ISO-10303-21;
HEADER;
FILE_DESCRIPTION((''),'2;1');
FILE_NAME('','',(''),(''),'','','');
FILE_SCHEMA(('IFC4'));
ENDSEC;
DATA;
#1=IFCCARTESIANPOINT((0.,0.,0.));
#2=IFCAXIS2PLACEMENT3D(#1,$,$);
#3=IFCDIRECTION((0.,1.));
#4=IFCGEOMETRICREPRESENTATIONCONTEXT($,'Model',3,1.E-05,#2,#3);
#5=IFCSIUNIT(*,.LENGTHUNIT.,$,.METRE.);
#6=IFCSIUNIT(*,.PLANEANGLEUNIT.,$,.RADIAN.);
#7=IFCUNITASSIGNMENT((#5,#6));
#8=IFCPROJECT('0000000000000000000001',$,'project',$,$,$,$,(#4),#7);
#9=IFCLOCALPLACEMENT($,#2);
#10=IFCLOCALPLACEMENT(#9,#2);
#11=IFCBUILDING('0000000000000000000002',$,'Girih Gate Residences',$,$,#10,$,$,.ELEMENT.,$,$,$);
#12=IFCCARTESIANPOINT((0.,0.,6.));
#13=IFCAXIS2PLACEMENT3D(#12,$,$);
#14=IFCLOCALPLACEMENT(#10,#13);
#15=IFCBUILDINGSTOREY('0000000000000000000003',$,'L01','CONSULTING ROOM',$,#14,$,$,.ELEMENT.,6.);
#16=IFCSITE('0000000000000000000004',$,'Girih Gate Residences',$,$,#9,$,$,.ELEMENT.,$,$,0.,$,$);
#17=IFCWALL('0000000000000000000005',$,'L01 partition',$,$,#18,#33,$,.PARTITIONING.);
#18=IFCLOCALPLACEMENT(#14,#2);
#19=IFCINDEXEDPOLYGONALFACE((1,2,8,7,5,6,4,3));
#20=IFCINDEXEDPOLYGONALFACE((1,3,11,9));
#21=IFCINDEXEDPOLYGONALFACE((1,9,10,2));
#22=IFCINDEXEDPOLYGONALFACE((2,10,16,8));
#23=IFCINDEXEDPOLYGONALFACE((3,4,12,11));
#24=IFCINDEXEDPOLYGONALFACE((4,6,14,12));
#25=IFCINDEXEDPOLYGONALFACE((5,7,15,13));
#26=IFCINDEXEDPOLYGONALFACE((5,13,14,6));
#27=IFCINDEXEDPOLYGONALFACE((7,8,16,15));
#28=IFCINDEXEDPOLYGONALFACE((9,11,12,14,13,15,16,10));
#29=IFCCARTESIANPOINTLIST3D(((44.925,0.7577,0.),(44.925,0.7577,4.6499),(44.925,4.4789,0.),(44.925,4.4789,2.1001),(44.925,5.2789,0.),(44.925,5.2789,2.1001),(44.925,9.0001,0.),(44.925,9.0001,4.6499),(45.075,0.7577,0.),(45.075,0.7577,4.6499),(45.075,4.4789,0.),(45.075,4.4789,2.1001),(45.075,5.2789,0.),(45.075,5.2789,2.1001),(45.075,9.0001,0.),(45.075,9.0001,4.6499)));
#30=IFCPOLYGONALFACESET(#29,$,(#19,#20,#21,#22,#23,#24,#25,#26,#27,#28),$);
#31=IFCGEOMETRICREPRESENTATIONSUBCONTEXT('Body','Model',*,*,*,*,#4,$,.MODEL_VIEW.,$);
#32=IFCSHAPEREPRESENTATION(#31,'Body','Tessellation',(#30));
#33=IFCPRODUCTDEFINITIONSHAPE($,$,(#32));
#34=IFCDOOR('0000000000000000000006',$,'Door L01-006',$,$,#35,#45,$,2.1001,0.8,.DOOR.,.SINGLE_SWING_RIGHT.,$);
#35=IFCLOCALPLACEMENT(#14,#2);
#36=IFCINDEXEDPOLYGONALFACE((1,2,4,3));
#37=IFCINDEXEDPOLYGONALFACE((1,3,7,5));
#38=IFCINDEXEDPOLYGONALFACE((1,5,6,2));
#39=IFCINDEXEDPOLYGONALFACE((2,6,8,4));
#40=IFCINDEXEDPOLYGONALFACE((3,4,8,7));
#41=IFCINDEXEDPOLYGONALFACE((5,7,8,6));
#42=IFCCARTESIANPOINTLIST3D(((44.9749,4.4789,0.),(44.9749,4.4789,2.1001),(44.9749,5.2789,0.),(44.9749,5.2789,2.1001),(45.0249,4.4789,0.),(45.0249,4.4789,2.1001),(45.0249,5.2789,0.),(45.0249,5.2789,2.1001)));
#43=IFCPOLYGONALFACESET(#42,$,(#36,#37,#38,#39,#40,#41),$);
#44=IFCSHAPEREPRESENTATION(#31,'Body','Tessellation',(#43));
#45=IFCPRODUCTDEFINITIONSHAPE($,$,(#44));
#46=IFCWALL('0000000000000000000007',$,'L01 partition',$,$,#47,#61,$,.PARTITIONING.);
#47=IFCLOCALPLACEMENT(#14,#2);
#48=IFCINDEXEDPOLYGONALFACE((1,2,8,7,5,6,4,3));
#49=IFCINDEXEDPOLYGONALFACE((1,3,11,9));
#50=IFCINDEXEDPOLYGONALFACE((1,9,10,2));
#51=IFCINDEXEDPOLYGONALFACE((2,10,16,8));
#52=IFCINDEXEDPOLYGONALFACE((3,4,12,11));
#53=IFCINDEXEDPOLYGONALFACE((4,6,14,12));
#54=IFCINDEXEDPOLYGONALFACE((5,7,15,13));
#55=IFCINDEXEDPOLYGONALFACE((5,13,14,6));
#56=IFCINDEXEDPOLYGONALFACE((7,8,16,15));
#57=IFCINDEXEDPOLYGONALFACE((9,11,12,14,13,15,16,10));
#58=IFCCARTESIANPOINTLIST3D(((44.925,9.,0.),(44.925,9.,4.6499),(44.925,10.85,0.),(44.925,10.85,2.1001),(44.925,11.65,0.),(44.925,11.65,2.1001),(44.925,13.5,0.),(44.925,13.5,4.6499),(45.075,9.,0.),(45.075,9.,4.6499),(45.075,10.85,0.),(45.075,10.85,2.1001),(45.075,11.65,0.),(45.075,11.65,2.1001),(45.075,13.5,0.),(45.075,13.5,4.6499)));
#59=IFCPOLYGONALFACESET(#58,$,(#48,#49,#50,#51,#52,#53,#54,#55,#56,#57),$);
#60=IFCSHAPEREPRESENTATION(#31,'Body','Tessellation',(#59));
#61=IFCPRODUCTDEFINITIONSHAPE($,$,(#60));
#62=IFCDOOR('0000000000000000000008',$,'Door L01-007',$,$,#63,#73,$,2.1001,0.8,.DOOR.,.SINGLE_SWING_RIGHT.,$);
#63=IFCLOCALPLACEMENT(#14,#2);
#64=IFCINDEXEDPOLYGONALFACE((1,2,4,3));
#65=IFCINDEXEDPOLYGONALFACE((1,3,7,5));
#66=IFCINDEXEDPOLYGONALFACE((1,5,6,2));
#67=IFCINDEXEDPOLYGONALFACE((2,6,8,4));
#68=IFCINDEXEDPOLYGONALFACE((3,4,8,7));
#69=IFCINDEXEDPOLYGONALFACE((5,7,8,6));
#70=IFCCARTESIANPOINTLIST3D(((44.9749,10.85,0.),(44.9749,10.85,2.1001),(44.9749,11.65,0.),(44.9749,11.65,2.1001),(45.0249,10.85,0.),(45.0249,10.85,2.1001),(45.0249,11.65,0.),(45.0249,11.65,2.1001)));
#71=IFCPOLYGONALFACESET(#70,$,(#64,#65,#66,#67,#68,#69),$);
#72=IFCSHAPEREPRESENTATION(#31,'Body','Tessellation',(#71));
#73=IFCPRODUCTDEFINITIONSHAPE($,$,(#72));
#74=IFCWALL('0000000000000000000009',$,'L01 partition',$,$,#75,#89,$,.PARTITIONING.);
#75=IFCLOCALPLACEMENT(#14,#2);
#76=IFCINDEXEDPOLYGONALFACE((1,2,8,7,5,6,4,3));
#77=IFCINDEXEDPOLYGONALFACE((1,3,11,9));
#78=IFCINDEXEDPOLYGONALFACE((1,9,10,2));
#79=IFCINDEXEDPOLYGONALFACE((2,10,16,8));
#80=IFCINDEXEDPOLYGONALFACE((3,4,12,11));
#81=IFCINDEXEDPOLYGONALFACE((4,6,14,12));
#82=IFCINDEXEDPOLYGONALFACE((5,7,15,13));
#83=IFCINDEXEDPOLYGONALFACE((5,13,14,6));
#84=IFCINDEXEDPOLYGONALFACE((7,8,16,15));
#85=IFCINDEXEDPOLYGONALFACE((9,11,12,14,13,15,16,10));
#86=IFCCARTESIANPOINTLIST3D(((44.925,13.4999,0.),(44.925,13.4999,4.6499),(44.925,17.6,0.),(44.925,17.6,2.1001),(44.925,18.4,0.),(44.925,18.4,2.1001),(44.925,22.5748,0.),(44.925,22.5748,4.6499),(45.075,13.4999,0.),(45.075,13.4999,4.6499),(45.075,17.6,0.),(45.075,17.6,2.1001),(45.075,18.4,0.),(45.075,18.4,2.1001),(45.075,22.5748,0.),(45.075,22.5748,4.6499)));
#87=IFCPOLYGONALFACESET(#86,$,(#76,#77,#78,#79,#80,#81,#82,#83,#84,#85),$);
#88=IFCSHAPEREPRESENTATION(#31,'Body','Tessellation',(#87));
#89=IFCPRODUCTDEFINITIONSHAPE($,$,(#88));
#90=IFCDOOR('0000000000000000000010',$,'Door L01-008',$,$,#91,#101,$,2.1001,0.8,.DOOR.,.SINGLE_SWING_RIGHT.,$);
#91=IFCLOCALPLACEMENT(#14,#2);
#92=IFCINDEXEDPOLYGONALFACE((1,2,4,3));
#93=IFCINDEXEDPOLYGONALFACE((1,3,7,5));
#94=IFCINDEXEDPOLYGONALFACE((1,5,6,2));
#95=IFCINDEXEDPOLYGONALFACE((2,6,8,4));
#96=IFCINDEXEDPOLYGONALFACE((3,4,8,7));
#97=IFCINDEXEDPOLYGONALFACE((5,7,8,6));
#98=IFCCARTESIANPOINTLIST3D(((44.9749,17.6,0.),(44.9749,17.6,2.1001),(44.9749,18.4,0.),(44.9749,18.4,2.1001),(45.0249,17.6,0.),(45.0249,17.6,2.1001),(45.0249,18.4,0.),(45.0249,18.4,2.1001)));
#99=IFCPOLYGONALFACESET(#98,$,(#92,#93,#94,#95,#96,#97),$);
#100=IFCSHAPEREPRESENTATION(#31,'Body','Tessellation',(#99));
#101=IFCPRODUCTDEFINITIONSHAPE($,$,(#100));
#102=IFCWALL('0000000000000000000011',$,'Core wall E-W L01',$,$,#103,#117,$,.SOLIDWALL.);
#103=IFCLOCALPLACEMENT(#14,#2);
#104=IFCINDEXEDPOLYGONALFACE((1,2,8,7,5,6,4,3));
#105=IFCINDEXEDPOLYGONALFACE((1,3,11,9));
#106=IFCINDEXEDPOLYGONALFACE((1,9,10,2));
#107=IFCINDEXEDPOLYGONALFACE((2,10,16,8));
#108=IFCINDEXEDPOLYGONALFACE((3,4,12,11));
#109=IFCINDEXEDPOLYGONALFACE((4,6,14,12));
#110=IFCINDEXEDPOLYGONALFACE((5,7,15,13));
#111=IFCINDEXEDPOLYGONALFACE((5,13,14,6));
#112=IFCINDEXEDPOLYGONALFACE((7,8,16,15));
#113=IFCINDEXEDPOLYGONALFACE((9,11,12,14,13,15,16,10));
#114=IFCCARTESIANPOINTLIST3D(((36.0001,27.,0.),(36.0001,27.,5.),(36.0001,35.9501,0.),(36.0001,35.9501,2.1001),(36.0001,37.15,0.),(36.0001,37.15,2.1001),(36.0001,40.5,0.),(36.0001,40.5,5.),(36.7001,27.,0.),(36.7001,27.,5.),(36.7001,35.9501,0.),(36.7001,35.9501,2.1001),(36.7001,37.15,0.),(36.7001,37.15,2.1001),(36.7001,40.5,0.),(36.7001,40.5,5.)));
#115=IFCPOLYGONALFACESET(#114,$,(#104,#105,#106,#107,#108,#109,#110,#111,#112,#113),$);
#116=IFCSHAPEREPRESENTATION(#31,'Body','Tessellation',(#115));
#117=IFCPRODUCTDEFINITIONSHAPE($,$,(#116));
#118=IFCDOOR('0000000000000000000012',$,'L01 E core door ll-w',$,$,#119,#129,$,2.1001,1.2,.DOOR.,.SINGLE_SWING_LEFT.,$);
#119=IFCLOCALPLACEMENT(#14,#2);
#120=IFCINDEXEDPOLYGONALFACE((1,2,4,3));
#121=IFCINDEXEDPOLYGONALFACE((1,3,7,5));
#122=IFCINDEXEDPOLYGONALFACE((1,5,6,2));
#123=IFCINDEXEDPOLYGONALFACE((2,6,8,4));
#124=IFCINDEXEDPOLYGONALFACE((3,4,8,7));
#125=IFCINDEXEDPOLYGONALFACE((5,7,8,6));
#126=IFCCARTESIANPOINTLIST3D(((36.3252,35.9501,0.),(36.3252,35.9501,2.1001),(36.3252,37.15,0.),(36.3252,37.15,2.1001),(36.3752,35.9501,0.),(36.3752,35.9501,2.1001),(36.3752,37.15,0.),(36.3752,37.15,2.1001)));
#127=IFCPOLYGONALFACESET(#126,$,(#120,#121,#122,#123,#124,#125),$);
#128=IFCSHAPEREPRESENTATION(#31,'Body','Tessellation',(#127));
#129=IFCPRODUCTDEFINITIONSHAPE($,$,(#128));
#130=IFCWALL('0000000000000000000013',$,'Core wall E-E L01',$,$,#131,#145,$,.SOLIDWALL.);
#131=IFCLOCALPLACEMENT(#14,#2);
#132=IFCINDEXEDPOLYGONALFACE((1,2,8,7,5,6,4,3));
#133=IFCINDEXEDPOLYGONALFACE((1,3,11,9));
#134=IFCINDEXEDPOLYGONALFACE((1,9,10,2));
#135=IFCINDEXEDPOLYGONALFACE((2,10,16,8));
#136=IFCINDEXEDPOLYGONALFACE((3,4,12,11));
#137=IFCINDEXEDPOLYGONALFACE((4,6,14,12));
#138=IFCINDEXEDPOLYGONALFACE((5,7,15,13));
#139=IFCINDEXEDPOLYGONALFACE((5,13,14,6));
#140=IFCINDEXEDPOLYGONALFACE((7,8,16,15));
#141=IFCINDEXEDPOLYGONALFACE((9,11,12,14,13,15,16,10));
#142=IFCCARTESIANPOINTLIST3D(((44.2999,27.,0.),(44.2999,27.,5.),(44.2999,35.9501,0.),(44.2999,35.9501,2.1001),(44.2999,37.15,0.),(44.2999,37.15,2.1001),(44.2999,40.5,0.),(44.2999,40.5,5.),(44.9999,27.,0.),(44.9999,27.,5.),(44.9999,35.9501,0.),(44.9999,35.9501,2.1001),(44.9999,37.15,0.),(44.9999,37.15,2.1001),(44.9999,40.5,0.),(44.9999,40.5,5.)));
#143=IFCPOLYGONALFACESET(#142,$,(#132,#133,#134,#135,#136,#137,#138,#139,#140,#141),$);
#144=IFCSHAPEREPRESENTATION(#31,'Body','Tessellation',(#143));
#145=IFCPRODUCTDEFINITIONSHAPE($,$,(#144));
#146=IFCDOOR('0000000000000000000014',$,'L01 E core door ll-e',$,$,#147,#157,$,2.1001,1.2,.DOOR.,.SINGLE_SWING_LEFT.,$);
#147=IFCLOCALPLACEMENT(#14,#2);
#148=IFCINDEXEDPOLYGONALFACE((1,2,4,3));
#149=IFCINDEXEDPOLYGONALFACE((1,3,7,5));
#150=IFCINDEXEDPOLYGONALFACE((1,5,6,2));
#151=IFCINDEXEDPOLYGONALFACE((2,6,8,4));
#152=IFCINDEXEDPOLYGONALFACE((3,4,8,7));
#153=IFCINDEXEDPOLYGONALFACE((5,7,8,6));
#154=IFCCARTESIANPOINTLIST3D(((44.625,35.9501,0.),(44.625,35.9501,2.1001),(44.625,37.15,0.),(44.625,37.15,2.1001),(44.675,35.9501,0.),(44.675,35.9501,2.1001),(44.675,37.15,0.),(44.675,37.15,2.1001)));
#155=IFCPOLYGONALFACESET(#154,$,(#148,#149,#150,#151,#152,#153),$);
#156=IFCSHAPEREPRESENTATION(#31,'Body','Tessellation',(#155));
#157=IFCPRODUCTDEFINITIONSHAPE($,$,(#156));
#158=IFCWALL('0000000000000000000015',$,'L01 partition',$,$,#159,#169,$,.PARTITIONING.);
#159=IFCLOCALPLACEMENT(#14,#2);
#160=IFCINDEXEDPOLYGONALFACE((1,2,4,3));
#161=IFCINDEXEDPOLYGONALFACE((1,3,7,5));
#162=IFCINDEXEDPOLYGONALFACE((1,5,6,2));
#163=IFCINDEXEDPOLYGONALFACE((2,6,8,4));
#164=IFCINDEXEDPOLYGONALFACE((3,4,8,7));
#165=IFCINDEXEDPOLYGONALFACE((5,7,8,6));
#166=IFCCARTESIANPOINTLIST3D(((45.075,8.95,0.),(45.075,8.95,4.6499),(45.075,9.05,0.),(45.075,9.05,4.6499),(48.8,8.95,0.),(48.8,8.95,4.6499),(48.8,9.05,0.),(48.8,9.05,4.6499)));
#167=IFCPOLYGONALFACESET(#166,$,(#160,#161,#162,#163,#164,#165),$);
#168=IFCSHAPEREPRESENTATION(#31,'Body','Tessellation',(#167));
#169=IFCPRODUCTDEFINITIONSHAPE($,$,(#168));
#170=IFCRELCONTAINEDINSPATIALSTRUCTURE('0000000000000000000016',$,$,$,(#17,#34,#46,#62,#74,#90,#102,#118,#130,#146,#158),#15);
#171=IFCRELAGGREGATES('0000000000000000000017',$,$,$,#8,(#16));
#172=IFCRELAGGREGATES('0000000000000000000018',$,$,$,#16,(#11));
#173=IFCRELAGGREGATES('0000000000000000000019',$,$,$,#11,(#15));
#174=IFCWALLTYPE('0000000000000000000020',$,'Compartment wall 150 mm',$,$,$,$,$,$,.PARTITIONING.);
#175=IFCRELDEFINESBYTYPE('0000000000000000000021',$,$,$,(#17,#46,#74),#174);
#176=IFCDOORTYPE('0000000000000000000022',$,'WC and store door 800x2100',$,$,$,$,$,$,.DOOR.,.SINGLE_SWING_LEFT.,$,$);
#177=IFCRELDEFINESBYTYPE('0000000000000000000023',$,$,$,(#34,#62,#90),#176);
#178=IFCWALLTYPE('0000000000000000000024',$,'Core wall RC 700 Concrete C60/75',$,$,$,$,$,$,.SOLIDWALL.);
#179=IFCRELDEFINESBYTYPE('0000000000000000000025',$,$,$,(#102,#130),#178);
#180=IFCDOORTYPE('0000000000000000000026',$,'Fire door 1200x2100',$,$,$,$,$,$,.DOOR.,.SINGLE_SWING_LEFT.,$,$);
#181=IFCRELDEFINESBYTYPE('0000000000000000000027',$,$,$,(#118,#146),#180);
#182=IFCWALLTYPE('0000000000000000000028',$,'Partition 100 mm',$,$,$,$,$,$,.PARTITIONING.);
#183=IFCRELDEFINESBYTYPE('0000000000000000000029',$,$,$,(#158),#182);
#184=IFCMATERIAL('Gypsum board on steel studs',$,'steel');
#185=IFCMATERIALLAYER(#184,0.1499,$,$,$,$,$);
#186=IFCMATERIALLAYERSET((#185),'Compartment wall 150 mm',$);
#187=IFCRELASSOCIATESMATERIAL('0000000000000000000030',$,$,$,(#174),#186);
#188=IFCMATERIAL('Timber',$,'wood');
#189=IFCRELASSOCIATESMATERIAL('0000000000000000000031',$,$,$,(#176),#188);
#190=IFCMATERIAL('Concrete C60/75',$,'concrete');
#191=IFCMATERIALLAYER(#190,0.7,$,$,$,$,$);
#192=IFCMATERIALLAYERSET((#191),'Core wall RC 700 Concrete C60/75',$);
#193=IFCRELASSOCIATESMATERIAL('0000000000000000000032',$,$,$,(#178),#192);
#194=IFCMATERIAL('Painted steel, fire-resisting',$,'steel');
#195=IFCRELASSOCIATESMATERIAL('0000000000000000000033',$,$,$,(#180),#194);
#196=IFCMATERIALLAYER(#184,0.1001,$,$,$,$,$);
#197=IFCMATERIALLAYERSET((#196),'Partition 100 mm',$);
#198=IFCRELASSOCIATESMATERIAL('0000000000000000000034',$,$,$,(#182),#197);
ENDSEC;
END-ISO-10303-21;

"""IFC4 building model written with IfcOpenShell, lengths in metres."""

from ifc_helpers import new_model, si_unit, direction, frame, frame_2d, origin, place, context, subcontext, project, spatial, rectangle, extrude, material, layer, layer_set, type_object, element, fill, save


model = new_model("IFC4")

# Units and contexts
model_context = context("Model", 3, precision=1e-05, world=origin(), true_north=direction((0.0, 1.0)))
body_context = subcontext(model_context, "Body", "Model", "MODEL_VIEW")
ifc_project = project(units=[si_unit("LENGTHUNIT", "METRE"), si_unit("PLANEANGLEUNIT", "RADIAN")], contexts=[model_context])

# Site, building, storey
site_placement = place(None, origin())
site = spatial("IfcSite", under=ifc_project, at=site_placement, Name="Girih Gate Residences", CompositionType="ELEMENT", RefElevation=0.0)
building_placement = place(site_placement, origin())
building = spatial("IfcBuilding", under=site, at=building_placement, Name="Girih Gate Residences", CompositionType="ELEMENT")
storey_placement = place(building_placement, frame((0.0, 0.0, 6.0)))
storey = spatial("IfcBuildingStorey", under=building, at=storey_placement, Name="L01", Description="CONSULTING ROOM", CompositionType="ELEMENT", Elevation=6.0)

# Shared definitions
ifc_material_1 = material(Name="Concrete C60/75", Category="concrete")

# Shared definitions
ifc_material_2 = material(Name="Gypsum board on steel studs", Category="steel")
ifc_layer_1 = layer(ifc_material_2, 0.1499)
ifc_layer_set_1 = layer_set([ifc_layer_1], Name="Compartment wall 150 mm")
wall_type_1 = type_object("IfcWallType", Name="Compartment wall 150 mm", PredefinedType="PARTITIONING", material=ifc_layer_set_1)

# Walls, openings, doors
wall_1_placement = place(storey_placement, frame((45.0, 9.0, 0.0), z_axis=(0.0, 0.0, 1.0), x_axis=(0.0, -1.0, 0.0)))
wall_1 = element("IfcWall", 1, at=wall_1_placement, inside=storey, type_object=wall_type_1, Name="L01 partition", PredefinedType="PARTITIONING", context=body_context, shape_type="SweptSolid", body=[
    extrude(rectangle(XDim=8.2424, YDim=0.1499, at=frame_2d((4.1211, 0.0))), origin(), (0.0, 0.0, 1.0), 4.6499),
])
opening_1_placement = place(wall_1_placement, frame((3.7212, 0.0, 0.0)))
opening_1 = element("IfcOpeningElement", 2, at=opening_1_placement, cuts=wall_1, PredefinedType="OPENING", context=body_context, shape_type="SweptSolid", body=[
    extrude(rectangle(XDim=0.8, YDim=2.1001, at=frame_2d((0.3999, 1.05))), frame((0.0, 0.085, 0.0), z_axis=(0.0, -1.0, 0.0), x_axis=(1.0, 0.0, 0.0)), (0.0, 0.0, 1.0), 0.1699),
])
ifc_material_3 = material(Name="Timber", Category="wood")
door_type_1 = type_object("IfcDoorType", Name="WC and store door 800x2100", OperationType="SINGLE_SWING_LEFT", PredefinedType="DOOR", material=ifc_material_3)
door_1_placement = place(opening_1_placement, origin())
door_1 = element("IfcDoor", 3, at=door_1_placement, inside=storey, type_object=door_type_1, Name="Door L01-006", OperationType="SINGLE_SWING_RIGHT", OverallHeight=2.1001, OverallWidth=0.8, PredefinedType="DOOR", context=body_context, shape_type="SweptSolid", body=[
    extrude(rectangle(XDim=0.8, YDim=2.1001, at=frame_2d((0.3999, 1.05))), frame((0.0, 0.0249, 0.0), z_axis=(0.0, -1.0, 0.0), x_axis=(1.0, 0.0, 0.0)), (0.0, 0.0, 1.0), 0.05),
])
fill(opening_1, door_1)
wall_2_placement = place(storey_placement, frame((45.0, 13.5, 0.0), z_axis=(0.0, 0.0, 1.0), x_axis=(0.0, -1.0, 0.0)))
wall_2 = element("IfcWall", 4, at=wall_2_placement, inside=storey, type_object=wall_type_1, Name="L01 partition", PredefinedType="PARTITIONING", context=body_context, shape_type="SweptSolid", body=[
    extrude(rectangle(XDim=4.5, YDim=0.1499, at=frame_2d((2.25, 0.0))), origin(), (0.0, 0.0, 1.0), 4.6499),
])
opening_2_placement = place(wall_2_placement, frame((1.8501, 0.0, 0.0)))
opening_2 = element("IfcOpeningElement", 5, at=opening_2_placement, cuts=wall_2, PredefinedType="OPENING", context=body_context, shape_type="SweptSolid", body=[
    extrude(rectangle(XDim=0.8, YDim=2.1001, at=frame_2d((0.3999, 1.05))), frame((0.0, 0.085, 0.0), z_axis=(0.0, -1.0, 0.0), x_axis=(1.0, 0.0, 0.0)), (0.0, 0.0, 1.0), 0.1699),
])
door_2_placement = place(opening_2_placement, origin())
door_2 = element("IfcDoor", 6, at=door_2_placement, inside=storey, type_object=door_type_1, Name="Door L01-007", OperationType="SINGLE_SWING_RIGHT", OverallHeight=2.1001, OverallWidth=0.8, PredefinedType="DOOR", context=body_context, shape_type="SweptSolid", body=[
    extrude(rectangle(XDim=0.8, YDim=2.1001, at=frame_2d((0.3999, 1.05))), frame((0.0, 0.0249, 0.0), z_axis=(0.0, -1.0, 0.0), x_axis=(1.0, 0.0, 0.0)), (0.0, 0.0, 1.0), 0.05),
])
fill(opening_2, door_2)
wall_3_placement = place(storey_placement, frame((45.0, 22.575, 0.0), z_axis=(0.0, 0.0, 1.0), x_axis=(0.0, -1.0, 0.0)))
wall_3 = element("IfcWall", 7, at=wall_3_placement, inside=storey, type_object=wall_type_1, Name="L01 partition", PredefinedType="PARTITIONING", context=body_context, shape_type="SweptSolid", body=[
    extrude(rectangle(XDim=9.075, YDim=0.1499, at=frame_2d((4.5376, 0.0))), origin(), (0.0, 0.0, 1.0), 4.6499),
])
opening_3_placement = place(wall_3_placement, frame((4.175, 0.0, 0.0)))
opening_3 = element("IfcOpeningElement", 8, at=opening_3_placement, cuts=wall_3, PredefinedType="OPENING", context=body_context, shape_type="SweptSolid", body=[
    extrude(rectangle(XDim=0.8, YDim=2.1001, at=frame_2d((0.3999, 1.05))), frame((0.0, 0.085, 0.0), z_axis=(0.0, -1.0, 0.0), x_axis=(1.0, 0.0, 0.0)), (0.0, 0.0, 1.0), 0.1699),
])
door_3_placement = place(opening_3_placement, origin())
door_3 = element("IfcDoor", 9, at=door_3_placement, inside=storey, type_object=door_type_1, Name="Door L01-008", OperationType="SINGLE_SWING_RIGHT", OverallHeight=2.1001, OverallWidth=0.8, PredefinedType="DOOR", context=body_context, shape_type="SweptSolid", body=[
    extrude(rectangle(XDim=0.8, YDim=2.1001, at=frame_2d((0.3999, 1.05))), frame((0.0, 0.0249, 0.0), z_axis=(0.0, -1.0, 0.0), x_axis=(1.0, 0.0, 0.0)), (0.0, 0.0, 1.0), 0.05),
])
fill(opening_3, door_3)
ifc_layer_2 = layer(ifc_material_1, 0.7)
ifc_layer_set_2 = layer_set([ifc_layer_2], Name="Core wall RC 700 Concrete C60/75")
wall_type_2 = type_object("IfcWallType", Name="Core wall RC 700 Concrete C60/75", PredefinedType="SOLIDWALL", material=ifc_layer_set_2)
wall_4_placement = place(storey_placement, frame((36.3501, 27.0, 0.0), z_axis=(0.0, 0.0, 1.0), x_axis=(0.0, 1.0, 0.0)))
wall_4 = element("IfcWall", 10, at=wall_4_placement, inside=storey, type_object=wall_type_2, Name="Core wall E-W L01", PredefinedType="SOLIDWALL", context=body_context, shape_type="SweptSolid", body=[
    extrude(rectangle(XDim=13.5, YDim=0.7, at=frame_2d((6.75, 0.0))), origin(), (0.0, 0.0, 1.0), 5.0),
])
opening_4_placement = place(wall_4_placement, frame((8.95, 0.0, 0.0)))
opening_4 = element("IfcOpeningElement", 11, at=opening_4_placement, cuts=wall_4, PredefinedType="OPENING", context=body_context, shape_type="SweptSolid", body=[
    extrude(rectangle(XDim=1.2, YDim=2.1001, at=frame_2d((0.6001, 1.05))), frame((0.0, 0.3599, 0.0), z_axis=(0.0, -1.0, 0.0), x_axis=(1.0, 0.0, 0.0)), (0.0, 0.0, 1.0), 0.72),
])
ifc_material_4 = material(Name="Painted steel, fire-resisting", Category="steel")
door_type_2 = type_object("IfcDoorType", Name="Fire door 1200x2100", OperationType="SINGLE_SWING_LEFT", PredefinedType="DOOR", material=ifc_material_4)
door_4_placement = place(opening_4_placement, origin())
door_4 = element("IfcDoor", 12, at=door_4_placement, inside=storey, type_object=door_type_2, Name="L01 E core door ll-w", OperationType="SINGLE_SWING_LEFT", OverallHeight=2.1001, OverallWidth=1.2, PredefinedType="DOOR", context=body_context, shape_type="SweptSolid", body=[
    extrude(rectangle(XDim=1.2, YDim=2.1001, at=frame_2d((0.6001, 1.05))), frame((0.0, 0.0249, 0.0), z_axis=(0.0, -1.0, 0.0), x_axis=(1.0, 0.0, 0.0)), (0.0, 0.0, 1.0), 0.05),
])
fill(opening_4, door_4)
wall_5_placement = place(storey_placement, frame((44.6499, 27.0, 0.0), z_axis=(0.0, 0.0, 1.0), x_axis=(0.0, 1.0, 0.0)))
wall_5 = element("IfcWall", 13, at=wall_5_placement, inside=storey, type_object=wall_type_2, Name="Core wall E-E L01", PredefinedType="SOLIDWALL", context=body_context, shape_type="SweptSolid", body=[
    extrude(rectangle(XDim=13.5, YDim=0.7, at=frame_2d((6.75, 0.0))), origin(), (0.0, 0.0, 1.0), 5.0),
])
opening_5_placement = place(wall_5_placement, frame((8.95, 0.0, 0.0)))
opening_5 = element("IfcOpeningElement", 14, at=opening_5_placement, cuts=wall_5, PredefinedType="OPENING", context=body_context, shape_type="SweptSolid", body=[
    extrude(rectangle(XDim=1.2, YDim=2.1001, at=frame_2d((0.6001, 1.05))), frame((0.0, 0.3599, 0.0), z_axis=(0.0, -1.0, 0.0), x_axis=(1.0, 0.0, 0.0)), (0.0, 0.0, 1.0), 0.72),
])
door_5_placement = place(opening_5_placement, origin())
door_5 = element("IfcDoor", 15, at=door_5_placement, inside=storey, type_object=door_type_2, Name="L01 E core door ll-e", OperationType="SINGLE_SWING_LEFT", OverallHeight=2.1001, OverallWidth=1.2, PredefinedType="DOOR", context=body_context, shape_type="SweptSolid", body=[
    extrude(rectangle(XDim=1.2, YDim=2.1001, at=frame_2d((0.6001, 1.05))), frame((0.0, 0.0249, 0.0), z_axis=(0.0, -1.0, 0.0), x_axis=(1.0, 0.0, 0.0)), (0.0, 0.0, 1.0), 0.05),
])
fill(opening_5, door_5)

# Wall
ifc_layer_3 = layer(ifc_material_2, 0.1001)
ifc_layer_set_3 = layer_set([ifc_layer_3], Name="Partition 100 mm")
wall_type_3 = type_object("IfcWallType", Name="Partition 100 mm", PredefinedType="PARTITIONING", material=ifc_layer_set_3)
for number, where, z_axis, x_axis, name in (
    (16, (45.075, 9.0, 0.0), (0.0, 0.0, 1.0), (1.0, 0.0, 0.0), "L01 partition"),
):
    element("IfcWall", number, at=place(storey_placement, frame(where, z_axis=z_axis, x_axis=x_axis)), inside=storey, type_object=wall_type_3, Name=name, PredefinedType="PARTITIONING", context=body_context, shape_type="SweptSolid", body=[
        extrude(rectangle(XDim=3.7251, YDim=0.1001, at=frame_2d((1.8625, 0.0))), origin(), (0.0, 0.0, 1.0), 4.6499),
    ])

save(model, "model.ifc")
